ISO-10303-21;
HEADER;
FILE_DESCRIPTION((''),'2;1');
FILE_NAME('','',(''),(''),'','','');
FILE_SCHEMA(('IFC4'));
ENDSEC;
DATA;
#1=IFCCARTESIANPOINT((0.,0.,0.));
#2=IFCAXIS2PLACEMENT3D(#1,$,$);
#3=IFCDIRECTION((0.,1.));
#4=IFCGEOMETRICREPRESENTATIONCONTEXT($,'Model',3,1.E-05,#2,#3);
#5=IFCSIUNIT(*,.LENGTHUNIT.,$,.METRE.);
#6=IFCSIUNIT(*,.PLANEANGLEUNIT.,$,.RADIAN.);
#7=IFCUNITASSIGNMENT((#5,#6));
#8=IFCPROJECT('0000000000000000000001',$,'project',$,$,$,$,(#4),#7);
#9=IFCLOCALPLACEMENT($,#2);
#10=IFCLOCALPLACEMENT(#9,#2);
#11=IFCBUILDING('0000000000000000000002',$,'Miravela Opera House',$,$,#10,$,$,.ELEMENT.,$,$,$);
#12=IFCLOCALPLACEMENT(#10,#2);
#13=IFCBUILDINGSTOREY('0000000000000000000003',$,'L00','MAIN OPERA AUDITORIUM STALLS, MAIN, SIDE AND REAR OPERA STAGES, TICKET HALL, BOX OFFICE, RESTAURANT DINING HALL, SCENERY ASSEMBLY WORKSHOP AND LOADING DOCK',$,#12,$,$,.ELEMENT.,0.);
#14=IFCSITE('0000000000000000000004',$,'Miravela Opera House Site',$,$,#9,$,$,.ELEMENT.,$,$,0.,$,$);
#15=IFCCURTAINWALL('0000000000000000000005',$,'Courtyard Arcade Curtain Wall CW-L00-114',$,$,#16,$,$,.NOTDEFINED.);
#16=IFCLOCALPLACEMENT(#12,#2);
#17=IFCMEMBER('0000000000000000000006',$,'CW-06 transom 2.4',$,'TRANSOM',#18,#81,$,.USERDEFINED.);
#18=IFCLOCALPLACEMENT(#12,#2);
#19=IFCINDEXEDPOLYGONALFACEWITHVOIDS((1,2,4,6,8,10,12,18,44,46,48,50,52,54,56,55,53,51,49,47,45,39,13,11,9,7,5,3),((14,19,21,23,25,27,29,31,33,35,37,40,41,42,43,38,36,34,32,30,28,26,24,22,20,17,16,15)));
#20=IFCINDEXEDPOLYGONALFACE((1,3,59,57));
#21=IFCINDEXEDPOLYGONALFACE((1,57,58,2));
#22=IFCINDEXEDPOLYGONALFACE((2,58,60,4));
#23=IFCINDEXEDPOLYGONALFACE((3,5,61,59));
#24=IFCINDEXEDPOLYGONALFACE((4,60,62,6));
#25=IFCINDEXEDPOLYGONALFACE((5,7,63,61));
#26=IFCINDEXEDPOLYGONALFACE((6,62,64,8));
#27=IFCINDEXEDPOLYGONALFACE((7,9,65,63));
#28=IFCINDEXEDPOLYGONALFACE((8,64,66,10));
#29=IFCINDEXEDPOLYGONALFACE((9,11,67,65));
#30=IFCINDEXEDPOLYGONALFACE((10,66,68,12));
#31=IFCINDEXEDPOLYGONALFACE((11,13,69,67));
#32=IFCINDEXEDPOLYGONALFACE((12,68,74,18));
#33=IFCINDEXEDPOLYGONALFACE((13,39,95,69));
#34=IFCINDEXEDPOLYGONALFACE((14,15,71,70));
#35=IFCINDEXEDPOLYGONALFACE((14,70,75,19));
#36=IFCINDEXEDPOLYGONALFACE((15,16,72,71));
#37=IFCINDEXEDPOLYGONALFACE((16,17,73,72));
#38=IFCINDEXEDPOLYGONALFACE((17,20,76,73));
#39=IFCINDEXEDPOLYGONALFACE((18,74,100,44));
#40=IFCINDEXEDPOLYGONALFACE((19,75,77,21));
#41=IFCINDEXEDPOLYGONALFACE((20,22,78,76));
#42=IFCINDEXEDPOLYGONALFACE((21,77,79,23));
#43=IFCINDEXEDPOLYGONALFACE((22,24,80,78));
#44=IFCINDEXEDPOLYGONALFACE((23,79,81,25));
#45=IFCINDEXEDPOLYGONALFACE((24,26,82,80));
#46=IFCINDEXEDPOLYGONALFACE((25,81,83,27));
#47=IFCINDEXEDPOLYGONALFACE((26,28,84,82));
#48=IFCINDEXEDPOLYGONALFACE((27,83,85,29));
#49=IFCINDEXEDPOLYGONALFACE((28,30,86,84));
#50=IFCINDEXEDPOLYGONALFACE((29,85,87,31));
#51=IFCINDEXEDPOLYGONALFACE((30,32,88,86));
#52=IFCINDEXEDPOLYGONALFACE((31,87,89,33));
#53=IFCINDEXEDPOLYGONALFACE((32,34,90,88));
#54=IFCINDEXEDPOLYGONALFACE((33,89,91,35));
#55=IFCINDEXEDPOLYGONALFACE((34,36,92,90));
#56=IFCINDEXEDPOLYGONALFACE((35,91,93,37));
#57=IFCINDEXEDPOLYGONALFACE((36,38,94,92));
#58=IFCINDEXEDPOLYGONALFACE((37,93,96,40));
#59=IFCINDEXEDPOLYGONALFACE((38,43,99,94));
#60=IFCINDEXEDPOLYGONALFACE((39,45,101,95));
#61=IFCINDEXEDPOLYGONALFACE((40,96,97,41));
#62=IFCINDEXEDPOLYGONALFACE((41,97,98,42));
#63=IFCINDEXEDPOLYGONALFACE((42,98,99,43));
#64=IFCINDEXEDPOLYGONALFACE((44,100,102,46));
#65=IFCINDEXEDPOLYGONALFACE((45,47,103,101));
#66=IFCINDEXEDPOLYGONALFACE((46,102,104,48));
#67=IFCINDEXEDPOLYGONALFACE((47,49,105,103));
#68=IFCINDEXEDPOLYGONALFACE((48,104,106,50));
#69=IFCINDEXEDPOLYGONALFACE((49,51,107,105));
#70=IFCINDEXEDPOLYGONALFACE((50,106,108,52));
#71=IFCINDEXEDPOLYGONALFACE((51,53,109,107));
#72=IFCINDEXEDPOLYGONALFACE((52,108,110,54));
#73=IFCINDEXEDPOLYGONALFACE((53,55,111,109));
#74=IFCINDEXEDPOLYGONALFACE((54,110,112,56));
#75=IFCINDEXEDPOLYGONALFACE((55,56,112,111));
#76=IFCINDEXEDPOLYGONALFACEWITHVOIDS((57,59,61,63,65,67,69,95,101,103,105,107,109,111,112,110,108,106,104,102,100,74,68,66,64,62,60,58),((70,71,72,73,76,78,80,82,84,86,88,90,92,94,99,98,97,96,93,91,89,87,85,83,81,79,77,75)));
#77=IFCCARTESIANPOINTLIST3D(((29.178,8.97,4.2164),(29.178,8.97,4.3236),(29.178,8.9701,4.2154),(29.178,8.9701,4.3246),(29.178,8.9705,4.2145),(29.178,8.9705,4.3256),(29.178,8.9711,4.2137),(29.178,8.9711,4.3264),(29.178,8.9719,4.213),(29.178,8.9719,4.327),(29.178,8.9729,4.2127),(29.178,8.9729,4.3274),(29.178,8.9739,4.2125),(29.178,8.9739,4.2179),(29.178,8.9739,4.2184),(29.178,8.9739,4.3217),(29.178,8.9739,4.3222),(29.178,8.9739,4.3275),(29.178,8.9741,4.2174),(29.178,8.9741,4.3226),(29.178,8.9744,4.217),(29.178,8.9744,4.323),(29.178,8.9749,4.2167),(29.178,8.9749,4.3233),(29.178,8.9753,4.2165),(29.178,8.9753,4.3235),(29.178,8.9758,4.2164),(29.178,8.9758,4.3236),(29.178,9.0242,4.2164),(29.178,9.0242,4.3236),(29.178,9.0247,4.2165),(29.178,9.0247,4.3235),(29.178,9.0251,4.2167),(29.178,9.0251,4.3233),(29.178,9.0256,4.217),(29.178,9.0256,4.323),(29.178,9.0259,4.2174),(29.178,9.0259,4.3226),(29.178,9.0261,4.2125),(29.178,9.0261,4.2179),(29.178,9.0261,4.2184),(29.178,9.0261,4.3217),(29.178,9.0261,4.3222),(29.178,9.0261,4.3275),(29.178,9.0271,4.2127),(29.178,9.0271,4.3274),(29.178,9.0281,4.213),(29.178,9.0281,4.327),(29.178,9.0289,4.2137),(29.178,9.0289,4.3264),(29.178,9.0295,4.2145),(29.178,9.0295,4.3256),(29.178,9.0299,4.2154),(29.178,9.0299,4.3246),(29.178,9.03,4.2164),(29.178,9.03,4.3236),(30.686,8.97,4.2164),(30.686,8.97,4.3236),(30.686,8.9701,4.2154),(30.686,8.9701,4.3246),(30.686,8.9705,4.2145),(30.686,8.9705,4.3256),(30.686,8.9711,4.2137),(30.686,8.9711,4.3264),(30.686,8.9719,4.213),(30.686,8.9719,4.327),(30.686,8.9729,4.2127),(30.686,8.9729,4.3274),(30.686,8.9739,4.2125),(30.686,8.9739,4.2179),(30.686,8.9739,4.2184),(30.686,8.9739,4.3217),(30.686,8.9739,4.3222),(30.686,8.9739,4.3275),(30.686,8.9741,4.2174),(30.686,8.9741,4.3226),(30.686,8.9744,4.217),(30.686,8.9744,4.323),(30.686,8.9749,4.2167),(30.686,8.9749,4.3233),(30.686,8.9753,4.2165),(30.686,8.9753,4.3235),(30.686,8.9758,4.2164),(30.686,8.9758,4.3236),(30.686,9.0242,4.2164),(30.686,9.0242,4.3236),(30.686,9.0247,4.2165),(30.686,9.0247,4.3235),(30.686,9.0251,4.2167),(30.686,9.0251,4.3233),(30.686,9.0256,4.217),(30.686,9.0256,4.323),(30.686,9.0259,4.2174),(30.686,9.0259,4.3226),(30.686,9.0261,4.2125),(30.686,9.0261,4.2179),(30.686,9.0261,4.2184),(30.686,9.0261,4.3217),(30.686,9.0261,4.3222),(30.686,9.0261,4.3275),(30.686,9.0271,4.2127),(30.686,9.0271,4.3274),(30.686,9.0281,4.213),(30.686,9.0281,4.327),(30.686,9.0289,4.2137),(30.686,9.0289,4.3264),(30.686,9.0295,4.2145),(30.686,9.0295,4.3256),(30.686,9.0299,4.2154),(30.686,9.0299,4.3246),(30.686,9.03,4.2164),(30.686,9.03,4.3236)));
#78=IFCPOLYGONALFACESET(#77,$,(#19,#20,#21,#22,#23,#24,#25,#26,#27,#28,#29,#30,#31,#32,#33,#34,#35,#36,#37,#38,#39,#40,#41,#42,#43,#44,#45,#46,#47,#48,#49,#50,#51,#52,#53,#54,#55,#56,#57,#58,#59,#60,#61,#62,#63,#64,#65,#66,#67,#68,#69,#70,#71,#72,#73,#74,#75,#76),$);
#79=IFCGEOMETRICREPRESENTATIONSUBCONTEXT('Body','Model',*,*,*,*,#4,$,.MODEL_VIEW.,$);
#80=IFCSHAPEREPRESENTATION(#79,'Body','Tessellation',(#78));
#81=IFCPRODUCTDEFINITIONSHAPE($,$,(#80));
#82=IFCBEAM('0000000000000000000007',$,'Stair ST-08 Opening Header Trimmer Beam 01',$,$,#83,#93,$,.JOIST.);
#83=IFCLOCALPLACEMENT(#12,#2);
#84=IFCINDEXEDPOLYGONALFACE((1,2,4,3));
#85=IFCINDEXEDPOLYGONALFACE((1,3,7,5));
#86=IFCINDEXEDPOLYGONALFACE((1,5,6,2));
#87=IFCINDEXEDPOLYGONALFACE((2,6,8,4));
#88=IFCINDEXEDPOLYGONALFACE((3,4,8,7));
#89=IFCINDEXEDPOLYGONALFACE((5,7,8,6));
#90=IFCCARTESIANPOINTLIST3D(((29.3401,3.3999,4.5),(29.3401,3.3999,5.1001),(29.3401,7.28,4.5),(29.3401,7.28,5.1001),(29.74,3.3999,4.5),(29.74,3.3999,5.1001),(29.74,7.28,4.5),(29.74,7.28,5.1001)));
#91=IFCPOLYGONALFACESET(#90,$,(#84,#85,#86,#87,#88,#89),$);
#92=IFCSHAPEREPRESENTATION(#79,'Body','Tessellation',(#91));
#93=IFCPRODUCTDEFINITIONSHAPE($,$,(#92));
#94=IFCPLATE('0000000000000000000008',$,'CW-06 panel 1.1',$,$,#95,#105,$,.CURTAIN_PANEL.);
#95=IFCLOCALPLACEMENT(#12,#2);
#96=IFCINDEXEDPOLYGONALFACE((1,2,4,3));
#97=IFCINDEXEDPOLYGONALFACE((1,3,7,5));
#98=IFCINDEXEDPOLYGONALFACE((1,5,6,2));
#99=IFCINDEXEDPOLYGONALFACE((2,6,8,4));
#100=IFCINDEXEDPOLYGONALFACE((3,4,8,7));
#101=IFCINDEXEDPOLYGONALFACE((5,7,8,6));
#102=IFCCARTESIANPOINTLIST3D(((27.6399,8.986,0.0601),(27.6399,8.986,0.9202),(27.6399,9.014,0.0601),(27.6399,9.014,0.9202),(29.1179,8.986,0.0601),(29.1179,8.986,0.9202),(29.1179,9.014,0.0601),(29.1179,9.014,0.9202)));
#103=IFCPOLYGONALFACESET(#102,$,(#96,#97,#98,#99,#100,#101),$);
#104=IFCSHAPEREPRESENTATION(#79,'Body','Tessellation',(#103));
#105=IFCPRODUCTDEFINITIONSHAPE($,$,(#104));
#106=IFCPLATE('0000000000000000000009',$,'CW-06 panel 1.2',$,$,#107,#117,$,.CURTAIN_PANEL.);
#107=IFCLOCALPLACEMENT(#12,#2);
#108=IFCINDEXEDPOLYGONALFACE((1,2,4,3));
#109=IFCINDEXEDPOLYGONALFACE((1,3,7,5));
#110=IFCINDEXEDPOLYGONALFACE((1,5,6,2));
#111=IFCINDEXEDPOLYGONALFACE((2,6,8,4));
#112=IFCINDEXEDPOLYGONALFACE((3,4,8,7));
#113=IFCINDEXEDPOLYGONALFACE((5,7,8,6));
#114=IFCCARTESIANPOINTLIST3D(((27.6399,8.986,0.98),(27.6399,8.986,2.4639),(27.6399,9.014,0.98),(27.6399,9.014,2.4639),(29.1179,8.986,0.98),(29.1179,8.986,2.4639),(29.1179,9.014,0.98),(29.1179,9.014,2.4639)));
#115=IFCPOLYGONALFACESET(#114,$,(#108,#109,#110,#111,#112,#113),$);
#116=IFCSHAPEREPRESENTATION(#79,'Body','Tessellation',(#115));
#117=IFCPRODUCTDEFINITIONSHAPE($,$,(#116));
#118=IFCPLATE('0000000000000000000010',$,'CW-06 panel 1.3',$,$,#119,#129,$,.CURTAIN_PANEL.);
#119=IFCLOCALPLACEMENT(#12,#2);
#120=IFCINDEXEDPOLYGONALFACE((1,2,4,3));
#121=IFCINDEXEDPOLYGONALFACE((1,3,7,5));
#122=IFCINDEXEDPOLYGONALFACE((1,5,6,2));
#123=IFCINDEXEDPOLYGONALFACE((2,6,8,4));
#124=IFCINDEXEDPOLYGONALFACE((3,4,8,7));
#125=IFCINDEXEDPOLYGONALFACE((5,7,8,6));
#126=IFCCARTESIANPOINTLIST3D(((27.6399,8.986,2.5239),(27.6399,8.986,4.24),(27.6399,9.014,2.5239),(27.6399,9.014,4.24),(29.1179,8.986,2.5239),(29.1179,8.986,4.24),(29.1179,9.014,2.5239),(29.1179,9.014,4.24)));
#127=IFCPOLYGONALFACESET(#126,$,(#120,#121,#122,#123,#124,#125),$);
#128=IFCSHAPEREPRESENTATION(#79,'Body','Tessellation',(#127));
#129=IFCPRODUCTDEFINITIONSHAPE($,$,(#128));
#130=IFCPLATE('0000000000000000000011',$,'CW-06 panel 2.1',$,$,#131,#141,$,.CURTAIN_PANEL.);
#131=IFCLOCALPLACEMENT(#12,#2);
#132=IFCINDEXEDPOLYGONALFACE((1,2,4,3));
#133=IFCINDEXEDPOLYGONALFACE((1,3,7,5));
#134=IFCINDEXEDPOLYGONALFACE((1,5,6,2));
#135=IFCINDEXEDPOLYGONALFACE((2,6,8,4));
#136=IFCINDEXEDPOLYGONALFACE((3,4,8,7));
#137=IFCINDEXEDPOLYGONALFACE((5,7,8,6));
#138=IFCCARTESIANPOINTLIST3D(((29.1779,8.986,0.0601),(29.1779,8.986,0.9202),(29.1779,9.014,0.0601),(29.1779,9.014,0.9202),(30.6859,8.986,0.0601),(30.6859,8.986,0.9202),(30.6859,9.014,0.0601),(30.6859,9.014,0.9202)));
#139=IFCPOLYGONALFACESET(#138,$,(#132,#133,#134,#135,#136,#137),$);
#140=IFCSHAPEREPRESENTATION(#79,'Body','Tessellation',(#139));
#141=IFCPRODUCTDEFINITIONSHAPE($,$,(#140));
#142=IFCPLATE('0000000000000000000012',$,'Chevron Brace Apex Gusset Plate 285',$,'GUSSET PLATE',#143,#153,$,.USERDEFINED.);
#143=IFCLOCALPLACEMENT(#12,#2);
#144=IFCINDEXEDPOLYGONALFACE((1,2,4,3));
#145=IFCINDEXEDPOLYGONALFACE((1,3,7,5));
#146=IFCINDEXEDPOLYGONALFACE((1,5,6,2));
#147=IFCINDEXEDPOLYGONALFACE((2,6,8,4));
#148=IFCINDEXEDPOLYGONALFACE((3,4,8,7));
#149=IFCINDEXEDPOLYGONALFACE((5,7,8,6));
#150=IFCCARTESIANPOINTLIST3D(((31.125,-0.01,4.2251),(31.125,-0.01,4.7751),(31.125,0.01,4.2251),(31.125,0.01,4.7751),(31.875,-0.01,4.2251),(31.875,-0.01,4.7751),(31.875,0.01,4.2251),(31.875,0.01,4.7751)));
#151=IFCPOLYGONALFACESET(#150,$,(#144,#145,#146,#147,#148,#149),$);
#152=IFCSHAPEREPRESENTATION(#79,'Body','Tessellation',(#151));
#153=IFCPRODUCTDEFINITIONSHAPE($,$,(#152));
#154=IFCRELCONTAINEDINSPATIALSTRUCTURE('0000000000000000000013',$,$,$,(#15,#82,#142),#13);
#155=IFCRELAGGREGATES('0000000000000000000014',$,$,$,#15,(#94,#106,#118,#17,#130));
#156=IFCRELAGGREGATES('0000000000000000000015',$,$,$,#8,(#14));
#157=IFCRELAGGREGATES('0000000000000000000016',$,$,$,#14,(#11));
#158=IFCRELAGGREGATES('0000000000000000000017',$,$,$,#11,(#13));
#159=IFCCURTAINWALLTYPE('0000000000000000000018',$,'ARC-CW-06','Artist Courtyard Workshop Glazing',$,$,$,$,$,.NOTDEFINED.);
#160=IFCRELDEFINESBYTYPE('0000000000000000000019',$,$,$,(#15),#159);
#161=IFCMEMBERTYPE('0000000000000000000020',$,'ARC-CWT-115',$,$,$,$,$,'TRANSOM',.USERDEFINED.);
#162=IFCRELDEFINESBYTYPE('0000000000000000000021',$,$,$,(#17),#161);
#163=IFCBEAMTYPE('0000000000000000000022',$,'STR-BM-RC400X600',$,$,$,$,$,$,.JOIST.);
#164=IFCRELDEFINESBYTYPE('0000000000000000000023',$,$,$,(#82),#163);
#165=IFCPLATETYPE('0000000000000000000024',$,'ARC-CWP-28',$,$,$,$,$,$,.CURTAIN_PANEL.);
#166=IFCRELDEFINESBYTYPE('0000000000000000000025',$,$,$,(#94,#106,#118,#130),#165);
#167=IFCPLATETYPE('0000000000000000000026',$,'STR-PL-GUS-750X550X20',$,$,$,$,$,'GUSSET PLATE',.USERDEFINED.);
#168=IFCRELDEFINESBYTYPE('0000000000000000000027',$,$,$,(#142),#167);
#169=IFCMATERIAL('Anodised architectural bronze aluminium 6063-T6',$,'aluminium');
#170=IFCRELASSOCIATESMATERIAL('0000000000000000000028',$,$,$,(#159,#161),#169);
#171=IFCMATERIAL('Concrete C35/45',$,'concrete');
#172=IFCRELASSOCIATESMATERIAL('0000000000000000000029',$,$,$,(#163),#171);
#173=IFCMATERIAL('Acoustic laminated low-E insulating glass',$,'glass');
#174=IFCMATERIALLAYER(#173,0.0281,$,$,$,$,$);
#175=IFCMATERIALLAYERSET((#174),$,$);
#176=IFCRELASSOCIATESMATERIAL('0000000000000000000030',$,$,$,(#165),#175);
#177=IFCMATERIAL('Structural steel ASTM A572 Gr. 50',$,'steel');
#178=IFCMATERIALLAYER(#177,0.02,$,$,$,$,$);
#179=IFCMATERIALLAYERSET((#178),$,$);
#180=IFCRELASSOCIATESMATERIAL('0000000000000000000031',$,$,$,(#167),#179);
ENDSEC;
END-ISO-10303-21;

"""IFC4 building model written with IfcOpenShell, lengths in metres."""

from ifc_helpers import new_model, si_unit, direction, frame, origin, origin_2d, place, context, subcontext, project, spatial, rectangle, hollow_rectangle, extrude, material, layer, layer_set, material_profile, profile_set, type_object, element, aggregate, save


model = new_model("IFC4")

# Units and contexts
model_context = context("Model", 3, precision=1e-05, world=origin(), true_north=direction((0.0, 1.0)))
body_context = subcontext(model_context, "Body", "Model", "MODEL_VIEW")
ifc_project = project(units=[si_unit("LENGTHUNIT", "METRE"), si_unit("PLANEANGLEUNIT", "RADIAN")], contexts=[model_context])

# Site, building, storey
site_placement = place(None, origin())
site = spatial("IfcSite", under=ifc_project, at=site_placement, Name="Miravela Opera House Site", CompositionType="ELEMENT", RefElevation=0.0)
building_placement = place(site_placement, origin())
building = spatial("IfcBuilding", under=site, at=building_placement, Name="Miravela Opera House", CompositionType="ELEMENT")
storey_placement = place(building_placement, origin())
storey = spatial("IfcBuildingStorey", under=building, at=storey_placement, Name="L00", Description="MAIN OPERA AUDITORIUM STALLS, MAIN, SIDE AND REAR OPERA STAGES, TICKET HALL, BOX OFFICE, RESTAURANT DINING HALL, SCENERY ASSEMBLY WORKSHOP AND LOADING DOCK", CompositionType="ELEMENT", Elevation=0.0)

# Curtain wall, member
ifc_material_1 = material(Name="Anodised architectural bronze aluminium 6063-T6", Category="aluminium")
curtain_wall_type = type_object("IfcCurtainWallType", Name="ARC-CW-06", Description="Artist Courtyard Workshop Glazing", PredefinedType="NOTDEFINED", material=ifc_material_1)
curtain_wall_placement = place(storey_placement, origin())
curtain_wall = element("IfcCurtainWall", 1, at=curtain_wall_placement, inside=storey, type_object=curtain_wall_type, Name="Courtyard Arcade Curtain Wall CW-L00-114", PredefinedType="NOTDEFINED")
ifc_material_profile_1 = material_profile(ifc_material_1, hollow_rectangle(XDim=0.0601, YDim=0.115, WallThickness=0.0039, InnerFilletRadius=0.002, OuterFilletRadius=0.0039, at=origin_2d()), Name="CWT-60X115")
ifc_profile_set_1 = profile_set([ifc_material_profile_1])
member_type_1 = type_object("IfcMemberType", Name="ARC-CWT-115", ElementType="TRANSOM", PredefinedType="USERDEFINED", material=ifc_profile_set_1)
member_1_placement = place(storey_placement, frame((29.178, 9.0, 4.27), z_axis=(1.0, 0.0, 0.0), x_axis=(0.0, 1.0, 0.0)))
member_1 = element("IfcMember", 2, at=member_1_placement, type_object=member_type_1, Name="CW-06 transom 2.4", ObjectType="TRANSOM", PredefinedType="USERDEFINED", context=body_context, shape_type="SweptSolid", body=[
    extrude(hollow_rectangle(XDim=0.0601, YDim=0.115, WallThickness=0.0039, InnerFilletRadius=0.002, OuterFilletRadius=0.0039, at=origin_2d()), origin(), (0.0, 0.0, 1.0), 1.5081),
])

# Beam
ifc_material_2 = material(Name="Concrete C35/45", Category="concrete")
ifc_material_profile_2 = material_profile(ifc_material_2, rectangle(XDim=0.3999, YDim=0.6001, at=origin_2d()), Name="RC-BM-400X600")
ifc_profile_set_2 = profile_set([ifc_material_profile_2])
beam_type = type_object("IfcBeamType", Name="STR-BM-RC400X600", PredefinedType="JOIST", material=ifc_profile_set_2)
beam_placement = place(storey_placement, frame((29.54, 3.3999, 4.8), z_axis=(0.0, 1.0, 0.0), x_axis=(-1.0, 0.0, 0.0)))
element("IfcBeam", 3, at=beam_placement, inside=storey, type_object=beam_type, Name="Stair ST-08 Opening Header Trimmer Beam 01", PredefinedType="JOIST", context=body_context, shape_type="SweptSolid", body=[
    extrude(rectangle(XDim=0.3999, YDim=0.6001, at=origin_2d()), origin(), (0.0, 0.0, 1.0), 3.8801),
])

# Plates
ifc_material_3 = material(Name="Acoustic laminated low-E insulating glass", Category="glass")
ifc_layer_1 = layer(ifc_material_3, 0.0281)
ifc_layer_set_1 = layer_set([ifc_layer_1])
plate_type_1 = type_object("IfcPlateType", Name="ARC-CWP-28", PredefinedType="CURTAIN_PANEL", material=ifc_layer_set_1)
plate_1_placement = place(storey_placement, frame((28.3789, 9.0, 0.0601), z_axis=(0.0, 0.0, 1.0), x_axis=(1.0, 0.0, 0.0)))
plate_1 = element("IfcPlate", 4, at=plate_1_placement, type_object=plate_type_1, Name="CW-06 panel 1.1", PredefinedType="CURTAIN_PANEL", context=body_context, shape_type="SweptSolid", body=[
    extrude(rectangle(XDim=1.478, YDim=0.0281, at=origin_2d()), origin(), (0.0, 0.0, 1.0), 0.8601),
])
plate_2_placement = place(storey_placement, frame((28.3789, 9.0, 0.98), z_axis=(0.0, 0.0, 1.0), x_axis=(1.0, 0.0, 0.0)))
plate_2 = element("IfcPlate", 5, at=plate_2_placement, type_object=plate_type_1, Name="CW-06 panel 1.2", PredefinedType="CURTAIN_PANEL", context=body_context, shape_type="SweptSolid", body=[
    extrude(rectangle(XDim=1.478, YDim=0.0281, at=origin_2d()), origin(), (0.0, 0.0, 1.0), 1.4839),
])
plate_3_placement = place(storey_placement, frame((28.3789, 9.0, 2.5239), z_axis=(0.0, 0.0, 1.0), x_axis=(1.0, 0.0, 0.0)))
plate_3 = element("IfcPlate", 6, at=plate_3_placement, type_object=plate_type_1, Name="CW-06 panel 1.3", PredefinedType="CURTAIN_PANEL", context=body_context, shape_type="SweptSolid", body=[
    extrude(rectangle(XDim=1.478, YDim=0.0281, at=origin_2d()), origin(), (0.0, 0.0, 1.0), 1.7161),
])
plate_4_placement = place(storey_placement, frame((29.9319, 9.0, 0.0601), z_axis=(0.0, 0.0, 1.0), x_axis=(1.0, 0.0, 0.0)))
plate_4 = element("IfcPlate", 7, at=plate_4_placement, type_object=plate_type_1, Name="CW-06 panel 2.1", PredefinedType="CURTAIN_PANEL", context=body_context, shape_type="SweptSolid", body=[
    extrude(rectangle(XDim=1.5081, YDim=0.0281, at=origin_2d()), origin(), (0.0, 0.0, 1.0), 0.8601),
])
aggregate(curtain_wall, [plate_1, plate_2, plate_3, member_1, plate_4])
ifc_material_4 = material(Name="Structural steel ASTM A572 Gr. 50", Category="steel")
ifc_layer_2 = layer(ifc_material_4, 0.02)
ifc_layer_set_2 = layer_set([ifc_layer_2])
plate_type_2 = type_object("IfcPlateType", Name="STR-PL-GUS-750X550X20", ElementType="GUSSET PLATE", PredefinedType="USERDEFINED", material=ifc_layer_set_2)
plate_5_placement = place(storey_placement, frame((31.5, 0.0, 4.2251), z_axis=(0.0, 0.0, 1.0), x_axis=(1.0, 0.0, 0.0)))
element("IfcPlate", 8, at=plate_5_placement, inside=storey, type_object=plate_type_2, Name="Chevron Brace Apex Gusset Plate 285", ObjectType="GUSSET PLATE", PredefinedType="USERDEFINED", context=body_context, shape_type="SweptSolid", body=[
    extrude(rectangle(XDim=0.75, YDim=0.02, at=origin_2d()), origin(), (0.0, 0.0, 1.0), 0.55),
])

save(model, "model.ifc")
